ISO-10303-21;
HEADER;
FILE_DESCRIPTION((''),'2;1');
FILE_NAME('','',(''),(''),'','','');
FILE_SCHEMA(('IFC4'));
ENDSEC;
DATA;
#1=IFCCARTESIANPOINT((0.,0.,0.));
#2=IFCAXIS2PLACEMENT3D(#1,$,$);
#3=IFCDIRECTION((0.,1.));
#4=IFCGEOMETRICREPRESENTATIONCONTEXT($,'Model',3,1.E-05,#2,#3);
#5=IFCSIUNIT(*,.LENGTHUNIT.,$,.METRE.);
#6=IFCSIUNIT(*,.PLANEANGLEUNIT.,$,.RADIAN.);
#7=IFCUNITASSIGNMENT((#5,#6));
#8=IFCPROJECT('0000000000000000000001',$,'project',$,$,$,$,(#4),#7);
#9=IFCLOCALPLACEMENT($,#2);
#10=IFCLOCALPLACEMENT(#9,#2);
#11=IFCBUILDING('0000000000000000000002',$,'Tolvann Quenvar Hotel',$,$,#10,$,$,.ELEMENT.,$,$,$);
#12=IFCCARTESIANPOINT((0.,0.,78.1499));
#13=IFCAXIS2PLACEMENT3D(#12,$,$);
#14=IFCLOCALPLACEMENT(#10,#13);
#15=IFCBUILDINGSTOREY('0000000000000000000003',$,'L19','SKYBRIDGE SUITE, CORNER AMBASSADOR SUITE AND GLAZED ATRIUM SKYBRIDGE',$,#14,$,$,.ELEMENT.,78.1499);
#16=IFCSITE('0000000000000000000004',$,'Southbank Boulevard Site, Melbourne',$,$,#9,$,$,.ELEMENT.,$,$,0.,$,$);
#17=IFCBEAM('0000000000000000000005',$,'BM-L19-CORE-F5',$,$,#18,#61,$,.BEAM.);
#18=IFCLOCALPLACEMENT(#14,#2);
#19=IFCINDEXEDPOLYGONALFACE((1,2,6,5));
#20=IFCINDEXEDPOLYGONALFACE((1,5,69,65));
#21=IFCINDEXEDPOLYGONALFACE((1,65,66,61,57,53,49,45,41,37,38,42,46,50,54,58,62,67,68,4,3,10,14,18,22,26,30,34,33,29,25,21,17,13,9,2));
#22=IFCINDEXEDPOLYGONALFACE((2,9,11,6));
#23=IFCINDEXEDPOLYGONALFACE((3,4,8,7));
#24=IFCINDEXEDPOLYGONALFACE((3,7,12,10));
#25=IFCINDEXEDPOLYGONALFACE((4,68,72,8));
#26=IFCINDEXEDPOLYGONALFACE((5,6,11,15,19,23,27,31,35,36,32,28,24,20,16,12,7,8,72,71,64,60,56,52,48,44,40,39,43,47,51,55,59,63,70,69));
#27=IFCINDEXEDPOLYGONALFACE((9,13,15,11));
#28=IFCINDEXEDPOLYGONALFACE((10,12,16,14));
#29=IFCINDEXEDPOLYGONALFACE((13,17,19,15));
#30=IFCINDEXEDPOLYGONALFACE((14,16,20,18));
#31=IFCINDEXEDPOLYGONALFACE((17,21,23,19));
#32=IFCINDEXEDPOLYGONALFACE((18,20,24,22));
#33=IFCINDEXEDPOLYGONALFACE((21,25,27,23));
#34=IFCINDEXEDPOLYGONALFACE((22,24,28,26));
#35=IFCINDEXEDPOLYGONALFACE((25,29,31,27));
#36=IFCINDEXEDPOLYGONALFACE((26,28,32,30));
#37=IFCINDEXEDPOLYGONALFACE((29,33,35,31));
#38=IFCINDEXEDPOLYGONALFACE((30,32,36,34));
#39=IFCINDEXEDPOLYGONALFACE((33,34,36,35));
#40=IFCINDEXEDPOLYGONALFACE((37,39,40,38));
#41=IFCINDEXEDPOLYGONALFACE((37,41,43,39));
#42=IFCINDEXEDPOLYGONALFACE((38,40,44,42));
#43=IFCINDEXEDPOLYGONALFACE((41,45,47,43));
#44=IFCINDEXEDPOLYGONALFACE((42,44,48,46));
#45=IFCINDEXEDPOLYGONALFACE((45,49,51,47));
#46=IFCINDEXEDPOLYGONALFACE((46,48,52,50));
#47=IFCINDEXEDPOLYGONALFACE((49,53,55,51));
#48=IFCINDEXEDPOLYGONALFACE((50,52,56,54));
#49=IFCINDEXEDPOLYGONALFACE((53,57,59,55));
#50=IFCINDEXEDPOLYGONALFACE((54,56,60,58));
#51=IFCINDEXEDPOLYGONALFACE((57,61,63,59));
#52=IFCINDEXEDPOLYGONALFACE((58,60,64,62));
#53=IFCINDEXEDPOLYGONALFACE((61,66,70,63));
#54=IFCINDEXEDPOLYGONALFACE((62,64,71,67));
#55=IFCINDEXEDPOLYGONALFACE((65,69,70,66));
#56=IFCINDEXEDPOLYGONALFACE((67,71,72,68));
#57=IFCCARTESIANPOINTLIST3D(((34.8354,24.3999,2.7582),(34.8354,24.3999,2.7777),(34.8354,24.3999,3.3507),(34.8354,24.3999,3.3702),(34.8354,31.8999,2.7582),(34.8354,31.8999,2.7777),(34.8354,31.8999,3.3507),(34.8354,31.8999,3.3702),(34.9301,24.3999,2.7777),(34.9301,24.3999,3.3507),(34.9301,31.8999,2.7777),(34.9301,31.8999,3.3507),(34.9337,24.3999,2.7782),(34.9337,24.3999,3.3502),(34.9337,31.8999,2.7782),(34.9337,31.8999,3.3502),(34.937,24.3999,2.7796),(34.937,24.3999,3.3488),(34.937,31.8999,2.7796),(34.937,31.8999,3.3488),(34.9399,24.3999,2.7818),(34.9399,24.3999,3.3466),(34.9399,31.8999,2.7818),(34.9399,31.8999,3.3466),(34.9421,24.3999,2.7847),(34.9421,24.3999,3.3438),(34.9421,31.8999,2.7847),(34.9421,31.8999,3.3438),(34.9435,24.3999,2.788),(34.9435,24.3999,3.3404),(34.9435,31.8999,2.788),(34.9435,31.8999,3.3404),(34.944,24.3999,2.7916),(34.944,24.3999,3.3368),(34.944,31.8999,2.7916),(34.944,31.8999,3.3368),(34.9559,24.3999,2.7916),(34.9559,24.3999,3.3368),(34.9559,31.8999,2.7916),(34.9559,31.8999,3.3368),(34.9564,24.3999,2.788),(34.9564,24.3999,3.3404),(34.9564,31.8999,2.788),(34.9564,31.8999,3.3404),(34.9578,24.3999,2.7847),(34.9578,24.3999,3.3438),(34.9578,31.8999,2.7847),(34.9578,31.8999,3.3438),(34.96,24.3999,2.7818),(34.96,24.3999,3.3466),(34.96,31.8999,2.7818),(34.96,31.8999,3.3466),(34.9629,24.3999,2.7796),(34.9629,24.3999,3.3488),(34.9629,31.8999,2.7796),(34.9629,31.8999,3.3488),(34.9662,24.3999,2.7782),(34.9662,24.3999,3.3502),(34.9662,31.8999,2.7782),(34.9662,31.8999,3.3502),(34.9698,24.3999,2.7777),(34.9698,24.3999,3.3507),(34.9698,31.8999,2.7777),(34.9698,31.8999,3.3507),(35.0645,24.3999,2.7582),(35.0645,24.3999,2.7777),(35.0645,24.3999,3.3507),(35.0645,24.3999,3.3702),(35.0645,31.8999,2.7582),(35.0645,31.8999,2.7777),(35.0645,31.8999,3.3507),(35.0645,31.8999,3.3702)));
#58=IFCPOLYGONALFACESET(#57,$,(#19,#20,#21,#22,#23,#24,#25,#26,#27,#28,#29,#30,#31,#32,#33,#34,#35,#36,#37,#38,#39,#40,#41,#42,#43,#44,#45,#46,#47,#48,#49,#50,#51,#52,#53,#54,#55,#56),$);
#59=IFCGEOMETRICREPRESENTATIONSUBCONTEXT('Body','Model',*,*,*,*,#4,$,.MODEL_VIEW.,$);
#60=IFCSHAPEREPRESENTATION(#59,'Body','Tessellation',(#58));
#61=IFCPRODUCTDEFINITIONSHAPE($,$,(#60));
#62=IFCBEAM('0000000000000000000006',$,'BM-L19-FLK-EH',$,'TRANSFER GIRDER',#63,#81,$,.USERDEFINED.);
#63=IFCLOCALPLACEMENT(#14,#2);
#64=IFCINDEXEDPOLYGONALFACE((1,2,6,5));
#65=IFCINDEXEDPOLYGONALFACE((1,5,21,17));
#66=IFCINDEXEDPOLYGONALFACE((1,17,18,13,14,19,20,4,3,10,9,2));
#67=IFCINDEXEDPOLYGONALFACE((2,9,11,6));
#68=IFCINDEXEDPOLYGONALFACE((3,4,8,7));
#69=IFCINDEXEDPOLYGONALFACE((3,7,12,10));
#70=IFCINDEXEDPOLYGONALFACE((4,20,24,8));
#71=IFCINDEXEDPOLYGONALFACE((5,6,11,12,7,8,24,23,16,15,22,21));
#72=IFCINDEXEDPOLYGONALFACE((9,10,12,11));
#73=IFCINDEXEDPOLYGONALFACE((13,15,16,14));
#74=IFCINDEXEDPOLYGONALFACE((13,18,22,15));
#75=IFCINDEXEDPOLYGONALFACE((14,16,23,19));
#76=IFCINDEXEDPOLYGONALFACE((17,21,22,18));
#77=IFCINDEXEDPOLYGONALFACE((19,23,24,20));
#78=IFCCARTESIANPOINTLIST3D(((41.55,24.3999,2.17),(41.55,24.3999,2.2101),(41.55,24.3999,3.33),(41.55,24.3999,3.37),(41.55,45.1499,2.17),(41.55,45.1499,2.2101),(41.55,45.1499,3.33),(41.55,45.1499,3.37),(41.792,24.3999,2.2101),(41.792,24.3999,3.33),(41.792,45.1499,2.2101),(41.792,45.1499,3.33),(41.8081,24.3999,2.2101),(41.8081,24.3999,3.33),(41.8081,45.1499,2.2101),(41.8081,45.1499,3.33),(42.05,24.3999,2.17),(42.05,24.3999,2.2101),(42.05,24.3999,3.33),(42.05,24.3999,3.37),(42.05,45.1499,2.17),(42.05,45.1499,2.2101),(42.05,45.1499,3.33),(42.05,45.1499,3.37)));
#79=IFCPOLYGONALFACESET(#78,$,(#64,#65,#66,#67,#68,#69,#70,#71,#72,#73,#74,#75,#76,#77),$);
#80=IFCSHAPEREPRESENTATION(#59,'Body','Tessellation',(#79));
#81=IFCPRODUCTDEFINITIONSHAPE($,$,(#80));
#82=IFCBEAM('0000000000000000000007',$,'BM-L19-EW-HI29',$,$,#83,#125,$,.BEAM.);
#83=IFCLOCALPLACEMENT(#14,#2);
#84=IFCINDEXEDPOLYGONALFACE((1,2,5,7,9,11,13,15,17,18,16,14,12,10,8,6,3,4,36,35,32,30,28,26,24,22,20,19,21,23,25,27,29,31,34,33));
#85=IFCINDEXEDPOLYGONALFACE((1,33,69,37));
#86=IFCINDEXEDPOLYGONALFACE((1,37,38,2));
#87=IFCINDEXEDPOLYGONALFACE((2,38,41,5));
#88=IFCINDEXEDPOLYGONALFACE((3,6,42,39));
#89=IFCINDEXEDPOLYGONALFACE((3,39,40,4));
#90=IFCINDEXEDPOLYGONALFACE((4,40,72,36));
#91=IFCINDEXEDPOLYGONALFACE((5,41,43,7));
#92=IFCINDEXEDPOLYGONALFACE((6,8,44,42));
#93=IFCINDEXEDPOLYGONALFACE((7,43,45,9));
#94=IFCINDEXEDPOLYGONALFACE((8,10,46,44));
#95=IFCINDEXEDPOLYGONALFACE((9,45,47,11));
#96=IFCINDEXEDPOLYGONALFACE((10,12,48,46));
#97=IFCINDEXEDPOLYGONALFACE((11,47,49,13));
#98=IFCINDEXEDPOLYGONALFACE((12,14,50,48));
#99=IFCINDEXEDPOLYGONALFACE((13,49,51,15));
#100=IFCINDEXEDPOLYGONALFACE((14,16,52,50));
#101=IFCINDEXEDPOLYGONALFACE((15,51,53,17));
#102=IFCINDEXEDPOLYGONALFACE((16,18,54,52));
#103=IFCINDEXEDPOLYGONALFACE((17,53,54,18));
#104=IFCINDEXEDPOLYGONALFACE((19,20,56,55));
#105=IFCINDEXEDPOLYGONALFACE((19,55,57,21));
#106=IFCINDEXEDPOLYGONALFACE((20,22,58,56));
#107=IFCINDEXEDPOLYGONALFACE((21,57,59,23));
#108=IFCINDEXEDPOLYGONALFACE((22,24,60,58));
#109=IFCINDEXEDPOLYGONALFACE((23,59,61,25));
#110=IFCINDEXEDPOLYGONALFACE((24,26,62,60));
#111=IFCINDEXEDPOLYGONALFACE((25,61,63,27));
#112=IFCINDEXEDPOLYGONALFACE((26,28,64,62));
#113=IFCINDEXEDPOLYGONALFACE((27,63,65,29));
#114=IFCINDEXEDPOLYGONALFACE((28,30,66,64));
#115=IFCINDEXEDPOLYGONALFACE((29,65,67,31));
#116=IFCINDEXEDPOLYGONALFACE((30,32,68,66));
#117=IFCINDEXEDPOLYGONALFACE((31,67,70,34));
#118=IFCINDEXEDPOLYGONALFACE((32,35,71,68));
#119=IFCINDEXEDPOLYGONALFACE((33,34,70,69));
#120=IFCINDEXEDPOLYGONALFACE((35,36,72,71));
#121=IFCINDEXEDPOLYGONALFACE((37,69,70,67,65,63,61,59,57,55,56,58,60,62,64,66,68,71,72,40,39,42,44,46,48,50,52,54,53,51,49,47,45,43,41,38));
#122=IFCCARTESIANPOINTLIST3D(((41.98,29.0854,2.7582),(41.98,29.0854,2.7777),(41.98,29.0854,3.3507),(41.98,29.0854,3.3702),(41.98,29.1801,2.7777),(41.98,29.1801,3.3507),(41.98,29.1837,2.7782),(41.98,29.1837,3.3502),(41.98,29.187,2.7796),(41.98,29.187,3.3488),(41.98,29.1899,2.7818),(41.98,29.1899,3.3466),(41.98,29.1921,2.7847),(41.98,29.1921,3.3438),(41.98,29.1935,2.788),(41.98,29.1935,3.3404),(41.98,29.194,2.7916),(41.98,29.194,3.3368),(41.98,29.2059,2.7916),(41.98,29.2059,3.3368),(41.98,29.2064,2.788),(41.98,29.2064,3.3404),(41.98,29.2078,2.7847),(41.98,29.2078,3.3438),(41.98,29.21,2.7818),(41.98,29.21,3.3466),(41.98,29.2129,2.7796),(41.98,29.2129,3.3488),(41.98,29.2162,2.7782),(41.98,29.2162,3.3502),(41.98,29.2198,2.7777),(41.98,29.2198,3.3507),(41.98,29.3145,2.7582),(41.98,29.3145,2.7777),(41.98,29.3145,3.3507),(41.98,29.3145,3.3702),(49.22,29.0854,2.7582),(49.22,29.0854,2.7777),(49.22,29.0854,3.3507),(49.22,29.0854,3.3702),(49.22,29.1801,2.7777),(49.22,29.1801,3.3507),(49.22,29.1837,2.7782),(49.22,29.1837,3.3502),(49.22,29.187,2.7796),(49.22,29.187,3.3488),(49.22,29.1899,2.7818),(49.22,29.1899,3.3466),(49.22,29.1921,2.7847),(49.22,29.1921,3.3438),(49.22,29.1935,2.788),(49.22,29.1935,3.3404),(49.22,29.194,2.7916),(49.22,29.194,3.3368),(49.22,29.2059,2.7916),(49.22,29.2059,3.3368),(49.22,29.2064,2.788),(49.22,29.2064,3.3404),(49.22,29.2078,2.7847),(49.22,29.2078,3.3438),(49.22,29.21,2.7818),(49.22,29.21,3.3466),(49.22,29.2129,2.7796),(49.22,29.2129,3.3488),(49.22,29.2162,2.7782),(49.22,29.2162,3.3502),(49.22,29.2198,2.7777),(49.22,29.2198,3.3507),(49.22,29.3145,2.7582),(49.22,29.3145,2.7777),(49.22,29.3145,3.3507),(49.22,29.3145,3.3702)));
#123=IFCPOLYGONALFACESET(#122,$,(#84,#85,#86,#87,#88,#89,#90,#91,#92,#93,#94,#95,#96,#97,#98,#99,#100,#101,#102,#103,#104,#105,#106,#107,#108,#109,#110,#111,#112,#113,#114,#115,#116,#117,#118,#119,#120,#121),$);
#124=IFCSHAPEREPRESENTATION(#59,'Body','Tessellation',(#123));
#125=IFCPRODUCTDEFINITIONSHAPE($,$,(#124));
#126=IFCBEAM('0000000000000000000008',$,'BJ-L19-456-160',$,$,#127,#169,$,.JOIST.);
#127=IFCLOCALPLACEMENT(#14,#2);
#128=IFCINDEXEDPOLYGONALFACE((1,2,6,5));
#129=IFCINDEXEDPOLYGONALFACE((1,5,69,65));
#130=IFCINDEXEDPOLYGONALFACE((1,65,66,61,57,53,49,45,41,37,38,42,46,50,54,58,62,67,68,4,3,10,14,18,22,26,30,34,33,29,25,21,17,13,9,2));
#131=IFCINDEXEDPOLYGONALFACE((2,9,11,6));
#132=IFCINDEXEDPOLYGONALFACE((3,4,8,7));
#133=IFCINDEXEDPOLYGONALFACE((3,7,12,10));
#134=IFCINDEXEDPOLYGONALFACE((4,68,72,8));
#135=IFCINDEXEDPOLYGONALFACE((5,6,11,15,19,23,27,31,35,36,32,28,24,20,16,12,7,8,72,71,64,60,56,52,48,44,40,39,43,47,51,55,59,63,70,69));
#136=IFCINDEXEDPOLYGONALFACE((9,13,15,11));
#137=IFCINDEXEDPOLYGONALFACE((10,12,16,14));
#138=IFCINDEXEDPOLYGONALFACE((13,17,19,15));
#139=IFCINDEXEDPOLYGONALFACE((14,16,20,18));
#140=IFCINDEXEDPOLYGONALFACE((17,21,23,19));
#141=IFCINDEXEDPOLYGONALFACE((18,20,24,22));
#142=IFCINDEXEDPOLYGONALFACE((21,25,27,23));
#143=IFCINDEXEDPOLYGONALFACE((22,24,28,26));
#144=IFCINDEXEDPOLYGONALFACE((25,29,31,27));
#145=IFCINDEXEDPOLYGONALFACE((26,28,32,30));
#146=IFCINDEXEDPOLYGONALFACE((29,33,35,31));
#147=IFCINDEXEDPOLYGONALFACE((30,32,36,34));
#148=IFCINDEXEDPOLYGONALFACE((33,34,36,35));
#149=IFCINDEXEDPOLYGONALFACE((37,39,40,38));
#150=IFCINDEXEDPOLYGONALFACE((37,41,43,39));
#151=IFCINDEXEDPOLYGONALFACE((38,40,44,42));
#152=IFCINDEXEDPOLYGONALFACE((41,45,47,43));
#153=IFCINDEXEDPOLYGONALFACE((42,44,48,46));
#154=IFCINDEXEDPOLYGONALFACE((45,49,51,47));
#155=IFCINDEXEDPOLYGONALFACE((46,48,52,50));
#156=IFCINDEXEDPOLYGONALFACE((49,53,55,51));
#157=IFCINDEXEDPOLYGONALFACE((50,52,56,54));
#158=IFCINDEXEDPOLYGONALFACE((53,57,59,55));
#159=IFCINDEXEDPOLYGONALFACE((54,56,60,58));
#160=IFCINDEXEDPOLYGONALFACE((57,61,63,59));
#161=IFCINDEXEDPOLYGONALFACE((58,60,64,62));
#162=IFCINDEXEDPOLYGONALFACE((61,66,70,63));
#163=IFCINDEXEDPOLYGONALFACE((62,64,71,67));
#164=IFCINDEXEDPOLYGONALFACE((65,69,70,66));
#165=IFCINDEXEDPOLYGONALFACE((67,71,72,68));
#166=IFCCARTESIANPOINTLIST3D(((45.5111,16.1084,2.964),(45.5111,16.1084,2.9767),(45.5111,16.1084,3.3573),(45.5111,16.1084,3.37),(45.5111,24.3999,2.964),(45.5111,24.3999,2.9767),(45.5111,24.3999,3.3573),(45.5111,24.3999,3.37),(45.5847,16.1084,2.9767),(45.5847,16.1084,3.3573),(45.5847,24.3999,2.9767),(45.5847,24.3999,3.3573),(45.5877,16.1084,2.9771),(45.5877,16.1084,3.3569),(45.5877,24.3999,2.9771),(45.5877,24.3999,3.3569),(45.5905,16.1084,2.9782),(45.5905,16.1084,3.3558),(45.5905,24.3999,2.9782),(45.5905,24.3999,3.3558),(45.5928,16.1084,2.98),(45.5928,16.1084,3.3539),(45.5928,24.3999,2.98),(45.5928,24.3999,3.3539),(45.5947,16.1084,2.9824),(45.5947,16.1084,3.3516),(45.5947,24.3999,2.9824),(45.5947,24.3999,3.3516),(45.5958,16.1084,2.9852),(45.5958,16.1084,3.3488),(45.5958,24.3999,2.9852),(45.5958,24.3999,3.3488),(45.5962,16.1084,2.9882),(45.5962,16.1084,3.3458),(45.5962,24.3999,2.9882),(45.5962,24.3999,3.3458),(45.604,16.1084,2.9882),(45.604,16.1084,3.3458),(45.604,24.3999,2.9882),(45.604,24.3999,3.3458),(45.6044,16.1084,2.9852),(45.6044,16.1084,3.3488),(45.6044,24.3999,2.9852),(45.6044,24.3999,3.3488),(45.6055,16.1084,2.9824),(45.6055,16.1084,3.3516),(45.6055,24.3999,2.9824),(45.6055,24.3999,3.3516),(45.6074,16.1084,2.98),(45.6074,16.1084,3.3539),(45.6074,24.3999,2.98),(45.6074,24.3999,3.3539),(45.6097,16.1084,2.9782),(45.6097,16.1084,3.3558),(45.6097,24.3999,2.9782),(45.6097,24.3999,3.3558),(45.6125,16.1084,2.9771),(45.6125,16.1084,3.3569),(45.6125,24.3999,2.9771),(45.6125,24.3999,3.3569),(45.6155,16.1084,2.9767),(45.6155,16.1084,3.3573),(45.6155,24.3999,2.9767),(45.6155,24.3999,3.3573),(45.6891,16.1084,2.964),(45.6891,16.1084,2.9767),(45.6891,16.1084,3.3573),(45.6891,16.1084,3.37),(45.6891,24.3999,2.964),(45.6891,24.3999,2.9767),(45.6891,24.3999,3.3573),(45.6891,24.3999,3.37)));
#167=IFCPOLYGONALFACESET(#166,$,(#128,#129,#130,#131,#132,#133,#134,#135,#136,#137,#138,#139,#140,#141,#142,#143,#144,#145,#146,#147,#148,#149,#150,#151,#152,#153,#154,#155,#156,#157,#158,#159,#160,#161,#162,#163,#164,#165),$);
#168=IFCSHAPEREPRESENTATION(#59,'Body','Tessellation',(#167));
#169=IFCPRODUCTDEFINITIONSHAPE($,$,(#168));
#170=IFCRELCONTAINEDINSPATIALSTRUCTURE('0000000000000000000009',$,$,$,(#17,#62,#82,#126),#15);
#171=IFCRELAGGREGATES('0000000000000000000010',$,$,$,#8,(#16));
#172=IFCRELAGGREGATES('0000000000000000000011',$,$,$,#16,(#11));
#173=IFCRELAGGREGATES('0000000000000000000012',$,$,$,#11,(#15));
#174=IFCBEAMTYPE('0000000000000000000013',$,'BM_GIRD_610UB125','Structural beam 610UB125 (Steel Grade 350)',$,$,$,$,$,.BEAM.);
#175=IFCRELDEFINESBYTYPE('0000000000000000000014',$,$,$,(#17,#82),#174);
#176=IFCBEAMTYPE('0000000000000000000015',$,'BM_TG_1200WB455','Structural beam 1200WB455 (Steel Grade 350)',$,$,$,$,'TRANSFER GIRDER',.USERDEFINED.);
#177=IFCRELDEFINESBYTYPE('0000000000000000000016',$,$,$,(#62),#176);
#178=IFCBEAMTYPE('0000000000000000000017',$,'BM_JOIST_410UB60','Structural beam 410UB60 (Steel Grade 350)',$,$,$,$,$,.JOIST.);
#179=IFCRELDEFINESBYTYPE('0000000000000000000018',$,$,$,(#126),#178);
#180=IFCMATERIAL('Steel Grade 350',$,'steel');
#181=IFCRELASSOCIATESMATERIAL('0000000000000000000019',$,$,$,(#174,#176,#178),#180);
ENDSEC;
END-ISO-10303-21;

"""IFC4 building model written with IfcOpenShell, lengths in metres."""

from ifc_helpers import new_model, si_unit, direction, frame, origin, origin_2d, place, context, subcontext, project, spatial, i_section, extrude, source, transform, mapped, material, material_profile, profile_set, type_object, type_shapes, element, save


model = new_model("IFC4")

# Units and contexts
model_context = context("Model", 3, precision=1e-05, world=origin(), true_north=direction((0.0, 1.0)))
body_context = subcontext(model_context, "Body", "Model", "MODEL_VIEW")
ifc_project = project(units=[si_unit("LENGTHUNIT", "METRE"), si_unit("PLANEANGLEUNIT", "RADIAN")], contexts=[model_context])

# Site, building, storey
site_placement = place(None, origin())
site = spatial("IfcSite", under=ifc_project, at=site_placement, Name="Southbank Boulevard Site, Melbourne", CompositionType="ELEMENT", RefElevation=0.0)
building_placement = place(site_placement, origin())
building = spatial("IfcBuilding", under=site, at=building_placement, Name="Tolvann Quenvar Hotel", CompositionType="ELEMENT")
storey_placement = place(building_placement, frame((0.0, 0.0, 78.1499)))
storey = spatial("IfcBuildingStorey", under=building, at=storey_placement, Name="L19", Description="SKYBRIDGE SUITE, CORNER AMBASSADOR SUITE AND GLAZED ATRIUM SKYBRIDGE", CompositionType="ELEMENT", Elevation=78.1499)

# Shared definitions
ifc_material_1 = material(Name="Steel Grade 350", Category="steel")

# Beams
ifc_material_profile_1 = material_profile(ifc_material_1, i_section(OverallWidth=0.229, OverallDepth=0.6121, WebThickness=0.012, FlangeThickness=0.0195, FilletRadius=0.0139, at=origin_2d()), Name="610UB125")
ifc_profile_set_1 = profile_set([ifc_material_profile_1], Name="Steel Grade 350")
beam_type_1 = type_object("IfcBeamType", Name="BM_GIRD_610UB125", Description="Structural beam 610UB125 (Steel Grade 350)", PredefinedType="BEAM", material=ifc_profile_set_1)
shared_shape_1 = source(origin(), body_context, "Body", "SweptSolid", [
    extrude(i_section(OverallWidth=0.229, OverallDepth=0.6121, WebThickness=0.012, FlangeThickness=0.0195, FilletRadius=0.0139, at=origin_2d()), origin(), (0.0, 0.0, 1.0), 7.5),
])
beam_1_placement = place(storey_placement, frame((34.95, 24.3999, 3.0642), z_axis=(0.0, 1.0, 0.0), x_axis=(-1.0, 0.0, 0.0)))
element("IfcBeam", 1, at=beam_1_placement, inside=storey, type_object=beam_type_1, Name="BM-L19-CORE-F5", PredefinedType="BEAM", context=body_context, shape_type="MappedRepresentation", body=[
    mapped(shared_shape_1, transform((0.0, 0.0, 0.0), x_axis=(1.0, 0.0, 0.0), y_axis=(0.0, 1.0, 0.0), z_axis=(0.0, 0.0, 1.0), scale=1.0)),
])
ifc_material_profile_2 = material_profile(ifc_material_1, i_section(OverallWidth=0.5, OverallDepth=1.2, WebThickness=0.0161, FlangeThickness=0.04, at=origin_2d()), Name="1200WB455")
ifc_profile_set_2 = profile_set([ifc_material_profile_2], Name="Steel Grade 350")
beam_type_2 = type_object("IfcBeamType", Name="BM_TG_1200WB455", Description="Structural beam 1200WB455 (Steel Grade 350)", ElementType="TRANSFER GIRDER", PredefinedType="USERDEFINED", material=ifc_profile_set_2)
shared_shape_2 = source(origin(), body_context, "Body", "SweptSolid", [
    extrude(i_section(OverallWidth=0.5, OverallDepth=1.2, WebThickness=0.0161, FlangeThickness=0.04, at=origin_2d()), origin(), (0.0, 0.0, 1.0), 20.75),
])
type_shapes(beam_type_2, [shared_shape_2])
beam_2_placement = place(storey_placement, frame((41.8, 24.3999, 2.77), z_axis=(0.0, 1.0, 0.0), x_axis=(-1.0, 0.0, 0.0)))
element("IfcBeam", 2, at=beam_2_placement, inside=storey, type_object=beam_type_2, Name="BM-L19-FLK-EH", ObjectType="TRANSFER GIRDER", PredefinedType="USERDEFINED", context=body_context, shape_type="MappedRepresentation", body=[
    mapped(shared_shape_2, transform((0.0, 0.0, 0.0), x_axis=(1.0, 0.0, 0.0), y_axis=(0.0, 1.0, 0.0), z_axis=(0.0, 0.0, 1.0), scale=1.0)),
])
shared_shape_3 = source(origin(), body_context, "Body", "SweptSolid", [
    extrude(i_section(OverallWidth=0.229, OverallDepth=0.6121, WebThickness=0.012, FlangeThickness=0.0195, FilletRadius=0.0139, at=origin_2d()), origin(), (0.0, 0.0, 1.0), 7.24),
])
beam_3_placement = place(storey_placement, frame((41.98, 29.2, 3.0642), z_axis=(1.0, 0.0, 0.0), x_axis=(0.0, 1.0, 0.0)))
element("IfcBeam", 3, at=beam_3_placement, inside=storey, type_object=beam_type_1, Name="BM-L19-EW-HI29", PredefinedType="BEAM", context=body_context, shape_type="MappedRepresentation", body=[
    mapped(shared_shape_3, transform((0.0, 0.0, 0.0), x_axis=(1.0, 0.0, 0.0), y_axis=(0.0, 1.0, 0.0), z_axis=(0.0, 0.0, 1.0), scale=1.0)),
])
ifc_material_profile_3 = material_profile(ifc_material_1, i_section(OverallWidth=0.178, OverallDepth=0.406, WebThickness=0.0078, FlangeThickness=0.0127, FilletRadius=0.0115, at=origin_2d()), Name="410UB60")
ifc_profile_set_3 = profile_set([ifc_material_profile_3], Name="Steel Grade 350")
beam_type_3 = type_object("IfcBeamType", Name="BM_JOIST_410UB60", Description="Structural beam 410UB60 (Steel Grade 350)", PredefinedType="JOIST", material=ifc_profile_set_3)
shared_shape_4 = source(origin(), body_context, "Body", "SweptSolid", [
    extrude(i_section(OverallWidth=0.178, OverallDepth=0.406, WebThickness=0.0078, FlangeThickness=0.0127, FilletRadius=0.0115, at=origin_2d()), origin(), (0.0, 0.0, 1.0), 8.2915),
])
type_shapes(beam_type_3, [shared_shape_4])
beam_4_placement = place(storey_placement, frame((45.6001, 16.1084, 3.167), z_axis=(0.0, 1.0, 0.0), x_axis=(-1.0, 0.0, 0.0)))
element("IfcBeam", 4, at=beam_4_placement, inside=storey, type_object=beam_type_3, Name="BJ-L19-456-160", PredefinedType="JOIST", context=body_context, shape_type="MappedRepresentation", body=[
    mapped(shared_shape_4, transform((0.0, 0.0, 0.0), x_axis=(1.0, 0.0, 0.0), y_axis=(0.0, 1.0, 0.0), z_axis=(0.0, 0.0, 1.0), scale=1.0)),
])

save(model, "model.ifc")
